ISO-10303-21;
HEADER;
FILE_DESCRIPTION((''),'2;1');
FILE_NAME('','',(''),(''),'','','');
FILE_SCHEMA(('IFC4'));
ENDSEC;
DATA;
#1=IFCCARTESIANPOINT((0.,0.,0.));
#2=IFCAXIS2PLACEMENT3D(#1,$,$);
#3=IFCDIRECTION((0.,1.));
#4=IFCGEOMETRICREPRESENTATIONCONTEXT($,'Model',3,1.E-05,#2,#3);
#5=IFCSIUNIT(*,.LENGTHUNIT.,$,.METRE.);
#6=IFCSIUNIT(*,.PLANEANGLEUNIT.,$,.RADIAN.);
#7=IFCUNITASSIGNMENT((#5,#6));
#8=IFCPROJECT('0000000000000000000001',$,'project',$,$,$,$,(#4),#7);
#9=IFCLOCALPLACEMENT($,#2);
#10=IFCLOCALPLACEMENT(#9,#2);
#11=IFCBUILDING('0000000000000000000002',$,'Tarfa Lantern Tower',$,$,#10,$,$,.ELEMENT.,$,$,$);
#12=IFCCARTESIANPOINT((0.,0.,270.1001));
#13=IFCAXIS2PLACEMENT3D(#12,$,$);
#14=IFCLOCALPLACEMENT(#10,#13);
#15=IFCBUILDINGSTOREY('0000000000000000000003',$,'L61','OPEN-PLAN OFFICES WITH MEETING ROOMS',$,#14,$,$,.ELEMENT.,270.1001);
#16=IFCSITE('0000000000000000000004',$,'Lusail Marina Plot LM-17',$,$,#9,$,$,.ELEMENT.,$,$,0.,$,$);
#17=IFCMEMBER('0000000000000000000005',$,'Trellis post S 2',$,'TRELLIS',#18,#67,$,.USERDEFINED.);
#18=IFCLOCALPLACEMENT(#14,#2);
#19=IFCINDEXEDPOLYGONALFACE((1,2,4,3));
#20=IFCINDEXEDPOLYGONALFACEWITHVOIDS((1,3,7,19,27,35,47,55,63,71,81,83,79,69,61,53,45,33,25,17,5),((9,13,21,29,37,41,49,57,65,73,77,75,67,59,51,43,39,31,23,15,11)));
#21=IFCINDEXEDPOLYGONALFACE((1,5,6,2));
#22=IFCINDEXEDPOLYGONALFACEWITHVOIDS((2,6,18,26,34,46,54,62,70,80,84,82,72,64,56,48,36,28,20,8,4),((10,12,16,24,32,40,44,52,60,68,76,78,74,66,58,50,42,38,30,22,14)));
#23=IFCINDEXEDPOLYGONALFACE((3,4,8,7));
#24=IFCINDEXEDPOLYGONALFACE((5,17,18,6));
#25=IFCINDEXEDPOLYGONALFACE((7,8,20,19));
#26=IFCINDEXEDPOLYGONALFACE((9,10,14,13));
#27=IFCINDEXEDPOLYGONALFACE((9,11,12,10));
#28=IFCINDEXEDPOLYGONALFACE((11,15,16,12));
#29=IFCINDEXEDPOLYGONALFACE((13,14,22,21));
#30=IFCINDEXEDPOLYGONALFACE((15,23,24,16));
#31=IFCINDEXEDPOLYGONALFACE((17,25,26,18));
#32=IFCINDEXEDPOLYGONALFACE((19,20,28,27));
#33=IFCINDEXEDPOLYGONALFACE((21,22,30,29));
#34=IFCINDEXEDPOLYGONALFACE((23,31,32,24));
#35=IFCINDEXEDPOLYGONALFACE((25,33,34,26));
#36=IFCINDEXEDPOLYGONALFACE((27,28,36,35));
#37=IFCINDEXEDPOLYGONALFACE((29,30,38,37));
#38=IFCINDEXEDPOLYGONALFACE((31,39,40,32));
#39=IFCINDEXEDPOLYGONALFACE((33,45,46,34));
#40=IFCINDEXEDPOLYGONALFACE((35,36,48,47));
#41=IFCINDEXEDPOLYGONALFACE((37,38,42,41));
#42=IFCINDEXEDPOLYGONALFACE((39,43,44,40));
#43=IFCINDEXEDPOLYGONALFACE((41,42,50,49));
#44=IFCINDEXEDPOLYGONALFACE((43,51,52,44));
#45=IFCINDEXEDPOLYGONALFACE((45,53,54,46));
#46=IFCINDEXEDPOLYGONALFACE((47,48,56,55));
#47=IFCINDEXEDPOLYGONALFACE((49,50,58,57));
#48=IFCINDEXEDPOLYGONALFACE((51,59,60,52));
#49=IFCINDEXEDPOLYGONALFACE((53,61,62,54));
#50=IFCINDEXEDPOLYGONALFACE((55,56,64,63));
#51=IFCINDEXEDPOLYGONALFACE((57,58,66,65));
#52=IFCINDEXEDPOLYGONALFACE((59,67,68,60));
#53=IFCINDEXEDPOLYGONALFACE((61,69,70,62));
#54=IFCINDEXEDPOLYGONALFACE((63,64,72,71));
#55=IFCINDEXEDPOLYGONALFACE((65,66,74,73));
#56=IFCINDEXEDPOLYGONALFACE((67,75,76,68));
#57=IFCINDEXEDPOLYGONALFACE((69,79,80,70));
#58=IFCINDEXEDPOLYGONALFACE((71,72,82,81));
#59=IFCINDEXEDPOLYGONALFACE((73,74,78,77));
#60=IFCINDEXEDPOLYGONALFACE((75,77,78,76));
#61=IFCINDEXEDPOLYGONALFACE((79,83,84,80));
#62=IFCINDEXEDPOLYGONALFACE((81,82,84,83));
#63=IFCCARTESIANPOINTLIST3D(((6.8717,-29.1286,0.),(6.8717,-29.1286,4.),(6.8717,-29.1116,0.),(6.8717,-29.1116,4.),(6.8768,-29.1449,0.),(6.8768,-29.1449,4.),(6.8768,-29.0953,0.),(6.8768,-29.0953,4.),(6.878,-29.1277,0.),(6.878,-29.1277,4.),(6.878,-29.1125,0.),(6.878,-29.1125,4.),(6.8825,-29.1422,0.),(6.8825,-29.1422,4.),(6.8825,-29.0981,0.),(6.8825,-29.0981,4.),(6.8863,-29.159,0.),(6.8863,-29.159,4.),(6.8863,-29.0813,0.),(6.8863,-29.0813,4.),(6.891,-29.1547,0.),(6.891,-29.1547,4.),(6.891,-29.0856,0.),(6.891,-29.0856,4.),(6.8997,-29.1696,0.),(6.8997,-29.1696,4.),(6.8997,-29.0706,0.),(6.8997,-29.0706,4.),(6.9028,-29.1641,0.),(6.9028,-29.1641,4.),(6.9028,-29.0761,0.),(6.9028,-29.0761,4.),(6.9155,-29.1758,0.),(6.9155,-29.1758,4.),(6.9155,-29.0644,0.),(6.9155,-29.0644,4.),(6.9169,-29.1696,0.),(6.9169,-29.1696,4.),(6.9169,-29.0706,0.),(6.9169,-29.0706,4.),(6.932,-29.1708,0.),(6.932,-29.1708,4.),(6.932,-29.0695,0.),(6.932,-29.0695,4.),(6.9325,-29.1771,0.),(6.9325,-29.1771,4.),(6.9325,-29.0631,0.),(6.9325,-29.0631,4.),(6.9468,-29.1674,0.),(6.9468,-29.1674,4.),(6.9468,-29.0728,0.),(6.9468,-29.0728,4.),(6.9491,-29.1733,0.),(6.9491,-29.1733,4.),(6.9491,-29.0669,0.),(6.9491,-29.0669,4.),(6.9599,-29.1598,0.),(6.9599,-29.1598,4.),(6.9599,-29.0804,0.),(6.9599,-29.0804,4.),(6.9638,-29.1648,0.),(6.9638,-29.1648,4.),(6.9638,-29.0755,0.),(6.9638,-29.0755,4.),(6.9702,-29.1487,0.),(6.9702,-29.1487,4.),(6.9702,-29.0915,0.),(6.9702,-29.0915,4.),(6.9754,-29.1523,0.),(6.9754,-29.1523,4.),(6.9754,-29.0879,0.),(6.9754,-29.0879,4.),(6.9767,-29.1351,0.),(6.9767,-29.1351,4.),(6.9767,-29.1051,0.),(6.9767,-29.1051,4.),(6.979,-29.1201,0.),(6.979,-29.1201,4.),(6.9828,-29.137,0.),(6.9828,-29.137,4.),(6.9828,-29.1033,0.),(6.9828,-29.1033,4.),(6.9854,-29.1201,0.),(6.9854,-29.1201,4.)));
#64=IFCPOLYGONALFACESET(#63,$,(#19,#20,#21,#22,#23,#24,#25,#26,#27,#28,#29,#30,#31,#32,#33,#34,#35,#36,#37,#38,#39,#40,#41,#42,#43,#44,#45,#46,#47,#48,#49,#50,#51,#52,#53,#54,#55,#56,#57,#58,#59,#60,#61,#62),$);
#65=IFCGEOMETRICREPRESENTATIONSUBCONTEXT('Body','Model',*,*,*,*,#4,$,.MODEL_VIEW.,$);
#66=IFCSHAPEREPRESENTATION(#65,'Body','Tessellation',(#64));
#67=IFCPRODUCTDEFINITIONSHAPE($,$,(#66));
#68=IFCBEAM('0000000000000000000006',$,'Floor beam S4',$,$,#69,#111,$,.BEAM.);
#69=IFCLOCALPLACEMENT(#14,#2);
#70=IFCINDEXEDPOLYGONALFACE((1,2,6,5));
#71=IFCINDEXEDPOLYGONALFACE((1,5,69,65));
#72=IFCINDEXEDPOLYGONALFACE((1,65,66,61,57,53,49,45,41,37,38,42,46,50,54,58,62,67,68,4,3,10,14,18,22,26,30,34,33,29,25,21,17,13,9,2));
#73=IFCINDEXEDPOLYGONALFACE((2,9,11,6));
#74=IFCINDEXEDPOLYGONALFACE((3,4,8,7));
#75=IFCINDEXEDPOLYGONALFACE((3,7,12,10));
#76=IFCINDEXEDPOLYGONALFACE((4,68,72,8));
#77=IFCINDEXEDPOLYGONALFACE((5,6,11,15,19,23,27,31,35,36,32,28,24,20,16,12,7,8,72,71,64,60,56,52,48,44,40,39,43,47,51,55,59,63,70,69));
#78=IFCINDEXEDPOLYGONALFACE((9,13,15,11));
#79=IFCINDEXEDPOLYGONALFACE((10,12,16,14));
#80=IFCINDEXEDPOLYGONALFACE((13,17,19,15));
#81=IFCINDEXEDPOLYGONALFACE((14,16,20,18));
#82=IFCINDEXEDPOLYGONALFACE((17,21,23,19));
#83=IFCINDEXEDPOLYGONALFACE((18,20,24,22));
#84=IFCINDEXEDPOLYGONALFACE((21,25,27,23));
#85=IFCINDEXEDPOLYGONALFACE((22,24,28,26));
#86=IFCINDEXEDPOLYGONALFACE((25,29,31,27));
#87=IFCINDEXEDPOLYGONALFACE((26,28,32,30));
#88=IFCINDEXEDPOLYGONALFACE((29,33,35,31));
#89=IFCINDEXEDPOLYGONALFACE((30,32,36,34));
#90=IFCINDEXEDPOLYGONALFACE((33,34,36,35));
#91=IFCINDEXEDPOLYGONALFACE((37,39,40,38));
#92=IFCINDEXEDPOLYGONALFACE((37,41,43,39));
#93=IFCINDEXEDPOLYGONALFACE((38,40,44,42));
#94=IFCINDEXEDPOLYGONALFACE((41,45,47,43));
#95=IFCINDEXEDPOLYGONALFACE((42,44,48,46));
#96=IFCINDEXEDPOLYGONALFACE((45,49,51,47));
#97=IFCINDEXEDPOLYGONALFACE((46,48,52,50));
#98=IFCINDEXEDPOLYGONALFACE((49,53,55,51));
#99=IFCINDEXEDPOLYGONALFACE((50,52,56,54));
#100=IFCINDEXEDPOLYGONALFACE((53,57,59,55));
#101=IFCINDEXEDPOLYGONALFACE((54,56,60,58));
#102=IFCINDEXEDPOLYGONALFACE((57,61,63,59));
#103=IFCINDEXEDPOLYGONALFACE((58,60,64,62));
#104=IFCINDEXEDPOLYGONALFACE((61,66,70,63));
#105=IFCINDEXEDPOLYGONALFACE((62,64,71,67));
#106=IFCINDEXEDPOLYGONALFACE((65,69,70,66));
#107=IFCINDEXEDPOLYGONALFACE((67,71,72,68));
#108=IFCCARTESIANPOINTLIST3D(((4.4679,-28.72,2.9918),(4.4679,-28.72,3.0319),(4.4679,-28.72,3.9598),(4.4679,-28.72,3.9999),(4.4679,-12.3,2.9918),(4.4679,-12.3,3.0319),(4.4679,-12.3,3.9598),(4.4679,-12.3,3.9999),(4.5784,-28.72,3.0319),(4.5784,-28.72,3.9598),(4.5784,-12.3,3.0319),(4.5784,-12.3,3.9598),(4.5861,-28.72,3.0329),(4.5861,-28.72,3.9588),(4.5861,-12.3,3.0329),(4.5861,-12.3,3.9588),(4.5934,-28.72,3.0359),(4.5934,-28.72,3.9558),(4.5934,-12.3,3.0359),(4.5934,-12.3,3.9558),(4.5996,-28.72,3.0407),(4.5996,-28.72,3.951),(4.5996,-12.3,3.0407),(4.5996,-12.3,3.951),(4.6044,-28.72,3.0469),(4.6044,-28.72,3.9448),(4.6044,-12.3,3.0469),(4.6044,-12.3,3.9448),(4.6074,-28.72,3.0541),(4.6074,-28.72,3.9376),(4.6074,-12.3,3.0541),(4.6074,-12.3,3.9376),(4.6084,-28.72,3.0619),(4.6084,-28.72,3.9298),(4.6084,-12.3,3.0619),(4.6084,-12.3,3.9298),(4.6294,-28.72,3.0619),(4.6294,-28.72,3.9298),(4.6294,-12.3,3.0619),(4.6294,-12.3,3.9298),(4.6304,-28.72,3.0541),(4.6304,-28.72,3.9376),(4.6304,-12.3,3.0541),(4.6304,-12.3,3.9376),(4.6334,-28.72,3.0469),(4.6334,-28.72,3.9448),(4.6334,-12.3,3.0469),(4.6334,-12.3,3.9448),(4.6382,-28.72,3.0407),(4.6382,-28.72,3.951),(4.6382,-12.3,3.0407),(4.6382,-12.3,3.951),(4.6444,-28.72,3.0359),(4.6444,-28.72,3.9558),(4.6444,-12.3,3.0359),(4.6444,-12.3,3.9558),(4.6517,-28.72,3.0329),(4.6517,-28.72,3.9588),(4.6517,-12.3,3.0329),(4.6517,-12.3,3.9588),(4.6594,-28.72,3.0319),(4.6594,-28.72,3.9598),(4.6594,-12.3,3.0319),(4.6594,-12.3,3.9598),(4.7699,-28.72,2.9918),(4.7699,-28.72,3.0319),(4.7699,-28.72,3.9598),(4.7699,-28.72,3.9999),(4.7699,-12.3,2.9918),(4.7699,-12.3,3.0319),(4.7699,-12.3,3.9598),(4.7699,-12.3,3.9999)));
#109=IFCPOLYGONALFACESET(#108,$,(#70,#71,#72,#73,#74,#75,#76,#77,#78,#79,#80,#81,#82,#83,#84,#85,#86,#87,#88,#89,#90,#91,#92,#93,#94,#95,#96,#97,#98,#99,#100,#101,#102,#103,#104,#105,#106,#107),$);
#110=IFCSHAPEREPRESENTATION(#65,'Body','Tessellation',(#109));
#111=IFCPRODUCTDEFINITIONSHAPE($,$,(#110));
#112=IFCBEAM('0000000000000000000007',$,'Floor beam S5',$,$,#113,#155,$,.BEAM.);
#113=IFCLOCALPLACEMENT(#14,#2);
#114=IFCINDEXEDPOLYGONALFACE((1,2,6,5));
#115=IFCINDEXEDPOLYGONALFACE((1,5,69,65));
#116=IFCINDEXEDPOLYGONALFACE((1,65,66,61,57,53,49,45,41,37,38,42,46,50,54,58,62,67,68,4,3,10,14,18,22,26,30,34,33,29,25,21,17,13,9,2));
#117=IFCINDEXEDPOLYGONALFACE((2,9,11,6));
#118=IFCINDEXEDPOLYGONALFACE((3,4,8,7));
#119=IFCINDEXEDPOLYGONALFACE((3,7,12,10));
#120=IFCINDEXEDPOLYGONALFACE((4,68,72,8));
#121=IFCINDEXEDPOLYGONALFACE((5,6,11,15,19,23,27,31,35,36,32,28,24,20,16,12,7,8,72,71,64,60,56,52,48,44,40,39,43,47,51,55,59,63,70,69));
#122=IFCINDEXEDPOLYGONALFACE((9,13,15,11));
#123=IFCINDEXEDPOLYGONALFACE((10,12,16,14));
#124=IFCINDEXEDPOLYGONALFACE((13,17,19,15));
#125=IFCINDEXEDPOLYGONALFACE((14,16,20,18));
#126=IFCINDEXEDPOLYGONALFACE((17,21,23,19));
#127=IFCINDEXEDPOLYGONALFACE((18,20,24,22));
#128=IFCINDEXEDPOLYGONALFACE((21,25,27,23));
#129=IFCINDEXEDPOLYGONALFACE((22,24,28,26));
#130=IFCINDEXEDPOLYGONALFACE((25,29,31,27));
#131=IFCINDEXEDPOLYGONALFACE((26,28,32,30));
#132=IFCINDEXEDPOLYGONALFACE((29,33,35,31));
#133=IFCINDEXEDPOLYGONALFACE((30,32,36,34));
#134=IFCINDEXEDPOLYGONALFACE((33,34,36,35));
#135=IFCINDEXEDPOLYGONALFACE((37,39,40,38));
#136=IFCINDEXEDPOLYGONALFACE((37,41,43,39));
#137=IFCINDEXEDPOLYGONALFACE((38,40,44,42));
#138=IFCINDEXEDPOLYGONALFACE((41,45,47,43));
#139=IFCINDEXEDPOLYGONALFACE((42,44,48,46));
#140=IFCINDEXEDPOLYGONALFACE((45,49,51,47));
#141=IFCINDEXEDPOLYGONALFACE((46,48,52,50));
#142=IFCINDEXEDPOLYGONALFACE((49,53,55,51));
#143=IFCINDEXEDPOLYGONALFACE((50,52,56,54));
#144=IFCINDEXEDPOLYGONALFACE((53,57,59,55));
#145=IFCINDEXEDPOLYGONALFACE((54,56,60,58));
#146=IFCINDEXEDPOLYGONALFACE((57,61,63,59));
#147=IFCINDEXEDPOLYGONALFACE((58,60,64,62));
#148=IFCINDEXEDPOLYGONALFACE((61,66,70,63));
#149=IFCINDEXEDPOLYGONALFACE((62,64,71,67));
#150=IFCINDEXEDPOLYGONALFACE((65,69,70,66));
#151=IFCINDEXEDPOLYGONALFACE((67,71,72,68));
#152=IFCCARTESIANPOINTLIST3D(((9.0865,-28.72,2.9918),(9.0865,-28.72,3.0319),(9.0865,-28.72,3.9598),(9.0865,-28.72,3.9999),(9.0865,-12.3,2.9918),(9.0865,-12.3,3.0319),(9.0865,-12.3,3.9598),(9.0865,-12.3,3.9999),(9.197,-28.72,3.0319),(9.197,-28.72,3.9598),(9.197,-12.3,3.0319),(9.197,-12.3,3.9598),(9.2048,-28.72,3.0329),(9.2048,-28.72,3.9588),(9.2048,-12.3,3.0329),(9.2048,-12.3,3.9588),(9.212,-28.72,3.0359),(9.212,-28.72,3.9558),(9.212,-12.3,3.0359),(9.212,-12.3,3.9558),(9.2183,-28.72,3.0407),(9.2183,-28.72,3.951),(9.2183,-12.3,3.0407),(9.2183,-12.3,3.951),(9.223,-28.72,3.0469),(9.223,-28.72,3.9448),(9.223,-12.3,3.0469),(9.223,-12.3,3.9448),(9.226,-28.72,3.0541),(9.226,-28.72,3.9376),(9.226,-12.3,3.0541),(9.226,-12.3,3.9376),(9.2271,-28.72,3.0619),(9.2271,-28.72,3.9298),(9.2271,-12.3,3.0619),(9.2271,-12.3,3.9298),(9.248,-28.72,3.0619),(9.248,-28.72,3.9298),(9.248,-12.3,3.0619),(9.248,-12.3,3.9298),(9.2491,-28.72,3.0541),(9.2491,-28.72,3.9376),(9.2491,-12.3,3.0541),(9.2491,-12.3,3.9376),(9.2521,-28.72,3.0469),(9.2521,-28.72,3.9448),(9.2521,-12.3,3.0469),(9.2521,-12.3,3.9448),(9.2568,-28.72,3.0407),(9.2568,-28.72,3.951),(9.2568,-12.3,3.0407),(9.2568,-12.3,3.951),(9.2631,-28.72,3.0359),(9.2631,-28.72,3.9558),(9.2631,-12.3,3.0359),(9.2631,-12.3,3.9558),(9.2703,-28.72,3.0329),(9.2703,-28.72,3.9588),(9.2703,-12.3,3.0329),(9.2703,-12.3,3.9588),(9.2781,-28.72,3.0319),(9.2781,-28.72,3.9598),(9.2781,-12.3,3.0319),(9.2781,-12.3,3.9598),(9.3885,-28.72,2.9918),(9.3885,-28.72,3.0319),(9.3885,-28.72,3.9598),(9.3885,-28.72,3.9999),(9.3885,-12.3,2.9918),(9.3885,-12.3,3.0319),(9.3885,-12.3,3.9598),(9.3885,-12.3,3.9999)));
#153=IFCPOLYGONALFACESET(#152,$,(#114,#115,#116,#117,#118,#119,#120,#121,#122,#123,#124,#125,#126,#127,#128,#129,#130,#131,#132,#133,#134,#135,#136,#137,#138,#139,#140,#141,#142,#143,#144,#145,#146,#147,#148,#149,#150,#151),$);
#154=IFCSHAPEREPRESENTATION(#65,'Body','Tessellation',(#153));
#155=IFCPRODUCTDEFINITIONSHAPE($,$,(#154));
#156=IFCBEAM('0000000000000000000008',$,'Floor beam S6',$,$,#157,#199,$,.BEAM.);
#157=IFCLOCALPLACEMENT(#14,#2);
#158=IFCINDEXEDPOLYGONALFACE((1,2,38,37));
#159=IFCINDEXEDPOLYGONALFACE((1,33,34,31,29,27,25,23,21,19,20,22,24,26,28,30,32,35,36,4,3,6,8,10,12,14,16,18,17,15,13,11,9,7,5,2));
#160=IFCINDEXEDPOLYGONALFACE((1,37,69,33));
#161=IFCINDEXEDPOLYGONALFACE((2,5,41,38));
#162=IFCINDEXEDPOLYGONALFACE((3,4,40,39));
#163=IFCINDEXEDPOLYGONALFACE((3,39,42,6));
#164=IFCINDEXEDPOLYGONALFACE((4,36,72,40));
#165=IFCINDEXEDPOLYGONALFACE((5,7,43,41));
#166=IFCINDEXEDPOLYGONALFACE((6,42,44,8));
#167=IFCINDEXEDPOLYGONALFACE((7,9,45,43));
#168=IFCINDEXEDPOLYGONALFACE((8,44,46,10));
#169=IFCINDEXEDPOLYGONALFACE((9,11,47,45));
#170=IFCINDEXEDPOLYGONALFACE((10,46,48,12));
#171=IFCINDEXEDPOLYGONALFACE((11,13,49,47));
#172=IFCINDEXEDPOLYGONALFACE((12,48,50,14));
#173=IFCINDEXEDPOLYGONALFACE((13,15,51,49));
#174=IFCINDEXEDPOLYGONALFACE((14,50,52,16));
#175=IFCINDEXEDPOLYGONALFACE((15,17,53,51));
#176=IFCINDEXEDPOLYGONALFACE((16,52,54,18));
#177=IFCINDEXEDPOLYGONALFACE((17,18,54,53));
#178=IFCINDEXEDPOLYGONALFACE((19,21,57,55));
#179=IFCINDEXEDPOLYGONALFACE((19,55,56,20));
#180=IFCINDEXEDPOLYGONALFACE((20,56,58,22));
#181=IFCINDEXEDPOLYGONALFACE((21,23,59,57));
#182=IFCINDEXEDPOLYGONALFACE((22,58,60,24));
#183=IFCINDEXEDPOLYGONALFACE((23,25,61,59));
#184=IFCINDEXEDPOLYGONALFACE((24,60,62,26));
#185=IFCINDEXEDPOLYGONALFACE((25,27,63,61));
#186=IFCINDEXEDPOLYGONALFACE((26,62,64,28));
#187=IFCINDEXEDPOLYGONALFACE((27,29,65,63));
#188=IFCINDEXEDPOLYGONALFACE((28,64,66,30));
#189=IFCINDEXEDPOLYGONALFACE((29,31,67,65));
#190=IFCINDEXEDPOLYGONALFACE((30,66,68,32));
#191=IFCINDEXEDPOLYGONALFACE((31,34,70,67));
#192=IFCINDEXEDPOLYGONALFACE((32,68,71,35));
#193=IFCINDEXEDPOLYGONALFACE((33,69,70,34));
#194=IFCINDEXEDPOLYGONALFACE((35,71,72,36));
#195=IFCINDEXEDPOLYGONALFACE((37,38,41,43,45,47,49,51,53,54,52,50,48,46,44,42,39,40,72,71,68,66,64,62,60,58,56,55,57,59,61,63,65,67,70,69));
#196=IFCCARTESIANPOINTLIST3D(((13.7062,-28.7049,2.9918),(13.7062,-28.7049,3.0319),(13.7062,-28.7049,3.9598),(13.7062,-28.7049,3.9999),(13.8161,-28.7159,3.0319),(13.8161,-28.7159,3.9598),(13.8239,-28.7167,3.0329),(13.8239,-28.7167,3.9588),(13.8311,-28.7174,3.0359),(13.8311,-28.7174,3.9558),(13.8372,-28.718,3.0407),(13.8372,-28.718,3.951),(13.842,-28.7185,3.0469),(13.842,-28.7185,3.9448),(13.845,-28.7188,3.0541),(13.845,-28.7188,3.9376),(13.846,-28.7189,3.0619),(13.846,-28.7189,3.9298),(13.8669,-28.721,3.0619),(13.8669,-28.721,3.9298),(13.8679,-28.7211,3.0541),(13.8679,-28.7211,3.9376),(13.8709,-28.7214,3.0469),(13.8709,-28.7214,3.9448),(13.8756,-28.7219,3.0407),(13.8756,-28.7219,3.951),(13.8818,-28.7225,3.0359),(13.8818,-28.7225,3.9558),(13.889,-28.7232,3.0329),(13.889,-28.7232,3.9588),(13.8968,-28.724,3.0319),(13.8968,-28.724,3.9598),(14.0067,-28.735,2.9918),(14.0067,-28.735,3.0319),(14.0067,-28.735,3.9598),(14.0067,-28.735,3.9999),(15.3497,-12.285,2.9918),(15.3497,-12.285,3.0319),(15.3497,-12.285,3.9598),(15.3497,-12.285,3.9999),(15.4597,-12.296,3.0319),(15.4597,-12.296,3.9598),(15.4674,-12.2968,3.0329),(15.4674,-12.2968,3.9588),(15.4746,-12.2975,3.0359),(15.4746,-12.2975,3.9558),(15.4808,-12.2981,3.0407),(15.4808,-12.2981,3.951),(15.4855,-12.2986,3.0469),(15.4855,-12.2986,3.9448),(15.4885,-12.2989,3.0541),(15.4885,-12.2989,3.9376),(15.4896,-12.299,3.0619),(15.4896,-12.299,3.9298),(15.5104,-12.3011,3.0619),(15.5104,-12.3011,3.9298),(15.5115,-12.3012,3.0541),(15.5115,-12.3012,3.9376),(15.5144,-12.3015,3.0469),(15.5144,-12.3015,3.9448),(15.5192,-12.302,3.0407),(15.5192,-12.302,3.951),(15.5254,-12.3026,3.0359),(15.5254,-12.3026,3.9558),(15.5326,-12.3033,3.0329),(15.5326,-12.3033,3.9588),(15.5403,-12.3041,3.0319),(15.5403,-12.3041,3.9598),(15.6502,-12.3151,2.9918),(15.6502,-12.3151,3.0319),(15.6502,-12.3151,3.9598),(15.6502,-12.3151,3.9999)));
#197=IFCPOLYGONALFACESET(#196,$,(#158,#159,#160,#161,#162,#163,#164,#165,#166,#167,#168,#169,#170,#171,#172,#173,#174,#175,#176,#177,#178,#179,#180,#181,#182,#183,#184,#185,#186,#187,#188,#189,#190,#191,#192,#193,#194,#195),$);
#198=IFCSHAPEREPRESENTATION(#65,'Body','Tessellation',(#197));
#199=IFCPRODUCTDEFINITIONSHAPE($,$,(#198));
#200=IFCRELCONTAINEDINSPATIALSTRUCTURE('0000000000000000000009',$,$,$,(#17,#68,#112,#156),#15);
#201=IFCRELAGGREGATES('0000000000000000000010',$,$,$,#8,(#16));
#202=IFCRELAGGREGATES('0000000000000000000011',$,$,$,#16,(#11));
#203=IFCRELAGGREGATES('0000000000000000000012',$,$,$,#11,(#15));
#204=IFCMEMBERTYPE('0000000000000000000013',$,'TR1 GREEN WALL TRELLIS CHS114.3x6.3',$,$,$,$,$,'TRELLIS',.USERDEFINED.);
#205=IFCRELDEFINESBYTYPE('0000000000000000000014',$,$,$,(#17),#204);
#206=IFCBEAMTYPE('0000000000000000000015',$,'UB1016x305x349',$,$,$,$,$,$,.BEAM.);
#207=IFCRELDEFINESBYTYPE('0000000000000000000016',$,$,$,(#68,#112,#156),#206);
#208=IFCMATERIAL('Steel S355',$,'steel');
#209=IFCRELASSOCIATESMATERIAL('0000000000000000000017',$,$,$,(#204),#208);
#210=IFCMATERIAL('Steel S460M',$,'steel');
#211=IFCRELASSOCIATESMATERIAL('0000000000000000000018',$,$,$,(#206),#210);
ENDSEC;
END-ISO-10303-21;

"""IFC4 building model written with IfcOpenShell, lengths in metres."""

from ifc_helpers import new_model, si_unit, direction, frame, origin, origin_2d, place, context, subcontext, project, spatial, hollow_circle, i_section, extrude, material, material_profile, profile_set, type_object, element, save


model = new_model("IFC4")

# Units and contexts
model_context = context("Model", 3, precision=1e-05, world=origin(), true_north=direction((0.0, 1.0)))
body_context = subcontext(model_context, "Body", "Model", "MODEL_VIEW")
ifc_project = project(units=[si_unit("LENGTHUNIT", "METRE"), si_unit("PLANEANGLEUNIT", "RADIAN")], contexts=[model_context])

# Site, building, storey
site_placement = place(None, origin())
site = spatial("IfcSite", under=ifc_project, at=site_placement, Name="Lusail Marina Plot LM-17", CompositionType="ELEMENT", RefElevation=0.0)
building_placement = place(site_placement, origin())
building = spatial("IfcBuilding", under=site, at=building_placement, Name="Tarfa Lantern Tower", CompositionType="ELEMENT")
storey_placement = place(building_placement, frame((0.0, 0.0, 270.1001)))
storey = spatial("IfcBuildingStorey", under=building, at=storey_placement, Name="L61", Description="OPEN-PLAN OFFICES WITH MEETING ROOMS", CompositionType="ELEMENT", Elevation=270.1001)

# Member
ifc_material_1 = material(Name="Steel S355", Category="steel")
ifc_material_profile_1 = material_profile(ifc_material_1, hollow_circle(Radius=0.0571, WallThickness=0.0063, at=origin_2d()), Name="CHS114.3x6.3")
ifc_profile_set_1 = profile_set([ifc_material_profile_1], Name="Steel S355")
member_type_1 = type_object("IfcMemberType", Name="TR1 GREEN WALL TRELLIS CHS114.3x6.3", ElementType="TRELLIS", PredefinedType="USERDEFINED", material=ifc_profile_set_1)
member_1_placement = place(storey_placement, frame((6.9282, -29.1201, 0.0), z_axis=(0.0, 0.0, 1.0), x_axis=(1.0, 0.0, 0.0)))
element("IfcMember", 1, at=member_1_placement, inside=storey, type_object=member_type_1, Name="Trellis post S 2", ObjectType="TRELLIS", PredefinedType="USERDEFINED", context=body_context, shape_type="SweptSolid", body=[
    extrude(hollow_circle(Radius=0.0571, WallThickness=0.0063, at=origin_2d()), origin(), (0.0, 0.0, 1.0), 4.0),
])

# Beams
ifc_material_2 = material(Name="Steel S460M", Category="steel")
ifc_material_profile_2 = material_profile(ifc_material_2, i_section(OverallWidth=0.302, OverallDepth=1.0081, WebThickness=0.021, FlangeThickness=0.04, FilletRadius=0.03, at=origin_2d()), Name="UB1016x305x349")
ifc_profile_set_2 = profile_set([ifc_material_profile_2], Name="Steel S460M")
beam_type_1 = type_object("IfcBeamType", Name="UB1016x305x349", PredefinedType="BEAM", material=ifc_profile_set_2)
for number, where, z_axis, x_axis, name in (
    (2, (4.6189, -28.72, 3.4958), (0.0, 1.0, 0.0), (-1.0, 0.0, 0.0), "Floor beam S4"),
    (3, (9.2375, -28.72, 3.4958), (0.0, 1.0, 0.0), (-1.0, 0.0, 0.0), "Floor beam S5"),
):
    element("IfcBeam", number, at=place(storey_placement, frame(where, z_axis=z_axis, x_axis=x_axis)), inside=storey, type_object=beam_type_1, Name=name, PredefinedType="BEAM", context=body_context, shape_type="SweptSolid", body=[
        extrude(i_section(OverallWidth=0.302, OverallDepth=1.0081, WebThickness=0.021, FlangeThickness=0.04, FilletRadius=0.03, at=origin_2d()), origin(), (0.0, 0.0, 1.0), 16.4199),
    ])
beam_1_placement = place(storey_placement, frame((13.8564, -28.72, 3.4958), z_axis=(0.099597, 0.995028, 0.0), x_axis=(-0.995028, 0.099597, 0.0)))
element("IfcBeam", 4, at=beam_1_placement, inside=storey, type_object=beam_type_1, Name="Floor beam S6", PredefinedType="BEAM", context=body_context, shape_type="SweptSolid", body=[
    extrude(i_section(OverallWidth=0.302, OverallDepth=1.0081, WebThickness=0.021, FlangeThickness=0.04, FilletRadius=0.03, at=origin_2d()), origin(), (0.0, 0.0, 1.0), 16.502),
])

save(model, "model.ifc")
